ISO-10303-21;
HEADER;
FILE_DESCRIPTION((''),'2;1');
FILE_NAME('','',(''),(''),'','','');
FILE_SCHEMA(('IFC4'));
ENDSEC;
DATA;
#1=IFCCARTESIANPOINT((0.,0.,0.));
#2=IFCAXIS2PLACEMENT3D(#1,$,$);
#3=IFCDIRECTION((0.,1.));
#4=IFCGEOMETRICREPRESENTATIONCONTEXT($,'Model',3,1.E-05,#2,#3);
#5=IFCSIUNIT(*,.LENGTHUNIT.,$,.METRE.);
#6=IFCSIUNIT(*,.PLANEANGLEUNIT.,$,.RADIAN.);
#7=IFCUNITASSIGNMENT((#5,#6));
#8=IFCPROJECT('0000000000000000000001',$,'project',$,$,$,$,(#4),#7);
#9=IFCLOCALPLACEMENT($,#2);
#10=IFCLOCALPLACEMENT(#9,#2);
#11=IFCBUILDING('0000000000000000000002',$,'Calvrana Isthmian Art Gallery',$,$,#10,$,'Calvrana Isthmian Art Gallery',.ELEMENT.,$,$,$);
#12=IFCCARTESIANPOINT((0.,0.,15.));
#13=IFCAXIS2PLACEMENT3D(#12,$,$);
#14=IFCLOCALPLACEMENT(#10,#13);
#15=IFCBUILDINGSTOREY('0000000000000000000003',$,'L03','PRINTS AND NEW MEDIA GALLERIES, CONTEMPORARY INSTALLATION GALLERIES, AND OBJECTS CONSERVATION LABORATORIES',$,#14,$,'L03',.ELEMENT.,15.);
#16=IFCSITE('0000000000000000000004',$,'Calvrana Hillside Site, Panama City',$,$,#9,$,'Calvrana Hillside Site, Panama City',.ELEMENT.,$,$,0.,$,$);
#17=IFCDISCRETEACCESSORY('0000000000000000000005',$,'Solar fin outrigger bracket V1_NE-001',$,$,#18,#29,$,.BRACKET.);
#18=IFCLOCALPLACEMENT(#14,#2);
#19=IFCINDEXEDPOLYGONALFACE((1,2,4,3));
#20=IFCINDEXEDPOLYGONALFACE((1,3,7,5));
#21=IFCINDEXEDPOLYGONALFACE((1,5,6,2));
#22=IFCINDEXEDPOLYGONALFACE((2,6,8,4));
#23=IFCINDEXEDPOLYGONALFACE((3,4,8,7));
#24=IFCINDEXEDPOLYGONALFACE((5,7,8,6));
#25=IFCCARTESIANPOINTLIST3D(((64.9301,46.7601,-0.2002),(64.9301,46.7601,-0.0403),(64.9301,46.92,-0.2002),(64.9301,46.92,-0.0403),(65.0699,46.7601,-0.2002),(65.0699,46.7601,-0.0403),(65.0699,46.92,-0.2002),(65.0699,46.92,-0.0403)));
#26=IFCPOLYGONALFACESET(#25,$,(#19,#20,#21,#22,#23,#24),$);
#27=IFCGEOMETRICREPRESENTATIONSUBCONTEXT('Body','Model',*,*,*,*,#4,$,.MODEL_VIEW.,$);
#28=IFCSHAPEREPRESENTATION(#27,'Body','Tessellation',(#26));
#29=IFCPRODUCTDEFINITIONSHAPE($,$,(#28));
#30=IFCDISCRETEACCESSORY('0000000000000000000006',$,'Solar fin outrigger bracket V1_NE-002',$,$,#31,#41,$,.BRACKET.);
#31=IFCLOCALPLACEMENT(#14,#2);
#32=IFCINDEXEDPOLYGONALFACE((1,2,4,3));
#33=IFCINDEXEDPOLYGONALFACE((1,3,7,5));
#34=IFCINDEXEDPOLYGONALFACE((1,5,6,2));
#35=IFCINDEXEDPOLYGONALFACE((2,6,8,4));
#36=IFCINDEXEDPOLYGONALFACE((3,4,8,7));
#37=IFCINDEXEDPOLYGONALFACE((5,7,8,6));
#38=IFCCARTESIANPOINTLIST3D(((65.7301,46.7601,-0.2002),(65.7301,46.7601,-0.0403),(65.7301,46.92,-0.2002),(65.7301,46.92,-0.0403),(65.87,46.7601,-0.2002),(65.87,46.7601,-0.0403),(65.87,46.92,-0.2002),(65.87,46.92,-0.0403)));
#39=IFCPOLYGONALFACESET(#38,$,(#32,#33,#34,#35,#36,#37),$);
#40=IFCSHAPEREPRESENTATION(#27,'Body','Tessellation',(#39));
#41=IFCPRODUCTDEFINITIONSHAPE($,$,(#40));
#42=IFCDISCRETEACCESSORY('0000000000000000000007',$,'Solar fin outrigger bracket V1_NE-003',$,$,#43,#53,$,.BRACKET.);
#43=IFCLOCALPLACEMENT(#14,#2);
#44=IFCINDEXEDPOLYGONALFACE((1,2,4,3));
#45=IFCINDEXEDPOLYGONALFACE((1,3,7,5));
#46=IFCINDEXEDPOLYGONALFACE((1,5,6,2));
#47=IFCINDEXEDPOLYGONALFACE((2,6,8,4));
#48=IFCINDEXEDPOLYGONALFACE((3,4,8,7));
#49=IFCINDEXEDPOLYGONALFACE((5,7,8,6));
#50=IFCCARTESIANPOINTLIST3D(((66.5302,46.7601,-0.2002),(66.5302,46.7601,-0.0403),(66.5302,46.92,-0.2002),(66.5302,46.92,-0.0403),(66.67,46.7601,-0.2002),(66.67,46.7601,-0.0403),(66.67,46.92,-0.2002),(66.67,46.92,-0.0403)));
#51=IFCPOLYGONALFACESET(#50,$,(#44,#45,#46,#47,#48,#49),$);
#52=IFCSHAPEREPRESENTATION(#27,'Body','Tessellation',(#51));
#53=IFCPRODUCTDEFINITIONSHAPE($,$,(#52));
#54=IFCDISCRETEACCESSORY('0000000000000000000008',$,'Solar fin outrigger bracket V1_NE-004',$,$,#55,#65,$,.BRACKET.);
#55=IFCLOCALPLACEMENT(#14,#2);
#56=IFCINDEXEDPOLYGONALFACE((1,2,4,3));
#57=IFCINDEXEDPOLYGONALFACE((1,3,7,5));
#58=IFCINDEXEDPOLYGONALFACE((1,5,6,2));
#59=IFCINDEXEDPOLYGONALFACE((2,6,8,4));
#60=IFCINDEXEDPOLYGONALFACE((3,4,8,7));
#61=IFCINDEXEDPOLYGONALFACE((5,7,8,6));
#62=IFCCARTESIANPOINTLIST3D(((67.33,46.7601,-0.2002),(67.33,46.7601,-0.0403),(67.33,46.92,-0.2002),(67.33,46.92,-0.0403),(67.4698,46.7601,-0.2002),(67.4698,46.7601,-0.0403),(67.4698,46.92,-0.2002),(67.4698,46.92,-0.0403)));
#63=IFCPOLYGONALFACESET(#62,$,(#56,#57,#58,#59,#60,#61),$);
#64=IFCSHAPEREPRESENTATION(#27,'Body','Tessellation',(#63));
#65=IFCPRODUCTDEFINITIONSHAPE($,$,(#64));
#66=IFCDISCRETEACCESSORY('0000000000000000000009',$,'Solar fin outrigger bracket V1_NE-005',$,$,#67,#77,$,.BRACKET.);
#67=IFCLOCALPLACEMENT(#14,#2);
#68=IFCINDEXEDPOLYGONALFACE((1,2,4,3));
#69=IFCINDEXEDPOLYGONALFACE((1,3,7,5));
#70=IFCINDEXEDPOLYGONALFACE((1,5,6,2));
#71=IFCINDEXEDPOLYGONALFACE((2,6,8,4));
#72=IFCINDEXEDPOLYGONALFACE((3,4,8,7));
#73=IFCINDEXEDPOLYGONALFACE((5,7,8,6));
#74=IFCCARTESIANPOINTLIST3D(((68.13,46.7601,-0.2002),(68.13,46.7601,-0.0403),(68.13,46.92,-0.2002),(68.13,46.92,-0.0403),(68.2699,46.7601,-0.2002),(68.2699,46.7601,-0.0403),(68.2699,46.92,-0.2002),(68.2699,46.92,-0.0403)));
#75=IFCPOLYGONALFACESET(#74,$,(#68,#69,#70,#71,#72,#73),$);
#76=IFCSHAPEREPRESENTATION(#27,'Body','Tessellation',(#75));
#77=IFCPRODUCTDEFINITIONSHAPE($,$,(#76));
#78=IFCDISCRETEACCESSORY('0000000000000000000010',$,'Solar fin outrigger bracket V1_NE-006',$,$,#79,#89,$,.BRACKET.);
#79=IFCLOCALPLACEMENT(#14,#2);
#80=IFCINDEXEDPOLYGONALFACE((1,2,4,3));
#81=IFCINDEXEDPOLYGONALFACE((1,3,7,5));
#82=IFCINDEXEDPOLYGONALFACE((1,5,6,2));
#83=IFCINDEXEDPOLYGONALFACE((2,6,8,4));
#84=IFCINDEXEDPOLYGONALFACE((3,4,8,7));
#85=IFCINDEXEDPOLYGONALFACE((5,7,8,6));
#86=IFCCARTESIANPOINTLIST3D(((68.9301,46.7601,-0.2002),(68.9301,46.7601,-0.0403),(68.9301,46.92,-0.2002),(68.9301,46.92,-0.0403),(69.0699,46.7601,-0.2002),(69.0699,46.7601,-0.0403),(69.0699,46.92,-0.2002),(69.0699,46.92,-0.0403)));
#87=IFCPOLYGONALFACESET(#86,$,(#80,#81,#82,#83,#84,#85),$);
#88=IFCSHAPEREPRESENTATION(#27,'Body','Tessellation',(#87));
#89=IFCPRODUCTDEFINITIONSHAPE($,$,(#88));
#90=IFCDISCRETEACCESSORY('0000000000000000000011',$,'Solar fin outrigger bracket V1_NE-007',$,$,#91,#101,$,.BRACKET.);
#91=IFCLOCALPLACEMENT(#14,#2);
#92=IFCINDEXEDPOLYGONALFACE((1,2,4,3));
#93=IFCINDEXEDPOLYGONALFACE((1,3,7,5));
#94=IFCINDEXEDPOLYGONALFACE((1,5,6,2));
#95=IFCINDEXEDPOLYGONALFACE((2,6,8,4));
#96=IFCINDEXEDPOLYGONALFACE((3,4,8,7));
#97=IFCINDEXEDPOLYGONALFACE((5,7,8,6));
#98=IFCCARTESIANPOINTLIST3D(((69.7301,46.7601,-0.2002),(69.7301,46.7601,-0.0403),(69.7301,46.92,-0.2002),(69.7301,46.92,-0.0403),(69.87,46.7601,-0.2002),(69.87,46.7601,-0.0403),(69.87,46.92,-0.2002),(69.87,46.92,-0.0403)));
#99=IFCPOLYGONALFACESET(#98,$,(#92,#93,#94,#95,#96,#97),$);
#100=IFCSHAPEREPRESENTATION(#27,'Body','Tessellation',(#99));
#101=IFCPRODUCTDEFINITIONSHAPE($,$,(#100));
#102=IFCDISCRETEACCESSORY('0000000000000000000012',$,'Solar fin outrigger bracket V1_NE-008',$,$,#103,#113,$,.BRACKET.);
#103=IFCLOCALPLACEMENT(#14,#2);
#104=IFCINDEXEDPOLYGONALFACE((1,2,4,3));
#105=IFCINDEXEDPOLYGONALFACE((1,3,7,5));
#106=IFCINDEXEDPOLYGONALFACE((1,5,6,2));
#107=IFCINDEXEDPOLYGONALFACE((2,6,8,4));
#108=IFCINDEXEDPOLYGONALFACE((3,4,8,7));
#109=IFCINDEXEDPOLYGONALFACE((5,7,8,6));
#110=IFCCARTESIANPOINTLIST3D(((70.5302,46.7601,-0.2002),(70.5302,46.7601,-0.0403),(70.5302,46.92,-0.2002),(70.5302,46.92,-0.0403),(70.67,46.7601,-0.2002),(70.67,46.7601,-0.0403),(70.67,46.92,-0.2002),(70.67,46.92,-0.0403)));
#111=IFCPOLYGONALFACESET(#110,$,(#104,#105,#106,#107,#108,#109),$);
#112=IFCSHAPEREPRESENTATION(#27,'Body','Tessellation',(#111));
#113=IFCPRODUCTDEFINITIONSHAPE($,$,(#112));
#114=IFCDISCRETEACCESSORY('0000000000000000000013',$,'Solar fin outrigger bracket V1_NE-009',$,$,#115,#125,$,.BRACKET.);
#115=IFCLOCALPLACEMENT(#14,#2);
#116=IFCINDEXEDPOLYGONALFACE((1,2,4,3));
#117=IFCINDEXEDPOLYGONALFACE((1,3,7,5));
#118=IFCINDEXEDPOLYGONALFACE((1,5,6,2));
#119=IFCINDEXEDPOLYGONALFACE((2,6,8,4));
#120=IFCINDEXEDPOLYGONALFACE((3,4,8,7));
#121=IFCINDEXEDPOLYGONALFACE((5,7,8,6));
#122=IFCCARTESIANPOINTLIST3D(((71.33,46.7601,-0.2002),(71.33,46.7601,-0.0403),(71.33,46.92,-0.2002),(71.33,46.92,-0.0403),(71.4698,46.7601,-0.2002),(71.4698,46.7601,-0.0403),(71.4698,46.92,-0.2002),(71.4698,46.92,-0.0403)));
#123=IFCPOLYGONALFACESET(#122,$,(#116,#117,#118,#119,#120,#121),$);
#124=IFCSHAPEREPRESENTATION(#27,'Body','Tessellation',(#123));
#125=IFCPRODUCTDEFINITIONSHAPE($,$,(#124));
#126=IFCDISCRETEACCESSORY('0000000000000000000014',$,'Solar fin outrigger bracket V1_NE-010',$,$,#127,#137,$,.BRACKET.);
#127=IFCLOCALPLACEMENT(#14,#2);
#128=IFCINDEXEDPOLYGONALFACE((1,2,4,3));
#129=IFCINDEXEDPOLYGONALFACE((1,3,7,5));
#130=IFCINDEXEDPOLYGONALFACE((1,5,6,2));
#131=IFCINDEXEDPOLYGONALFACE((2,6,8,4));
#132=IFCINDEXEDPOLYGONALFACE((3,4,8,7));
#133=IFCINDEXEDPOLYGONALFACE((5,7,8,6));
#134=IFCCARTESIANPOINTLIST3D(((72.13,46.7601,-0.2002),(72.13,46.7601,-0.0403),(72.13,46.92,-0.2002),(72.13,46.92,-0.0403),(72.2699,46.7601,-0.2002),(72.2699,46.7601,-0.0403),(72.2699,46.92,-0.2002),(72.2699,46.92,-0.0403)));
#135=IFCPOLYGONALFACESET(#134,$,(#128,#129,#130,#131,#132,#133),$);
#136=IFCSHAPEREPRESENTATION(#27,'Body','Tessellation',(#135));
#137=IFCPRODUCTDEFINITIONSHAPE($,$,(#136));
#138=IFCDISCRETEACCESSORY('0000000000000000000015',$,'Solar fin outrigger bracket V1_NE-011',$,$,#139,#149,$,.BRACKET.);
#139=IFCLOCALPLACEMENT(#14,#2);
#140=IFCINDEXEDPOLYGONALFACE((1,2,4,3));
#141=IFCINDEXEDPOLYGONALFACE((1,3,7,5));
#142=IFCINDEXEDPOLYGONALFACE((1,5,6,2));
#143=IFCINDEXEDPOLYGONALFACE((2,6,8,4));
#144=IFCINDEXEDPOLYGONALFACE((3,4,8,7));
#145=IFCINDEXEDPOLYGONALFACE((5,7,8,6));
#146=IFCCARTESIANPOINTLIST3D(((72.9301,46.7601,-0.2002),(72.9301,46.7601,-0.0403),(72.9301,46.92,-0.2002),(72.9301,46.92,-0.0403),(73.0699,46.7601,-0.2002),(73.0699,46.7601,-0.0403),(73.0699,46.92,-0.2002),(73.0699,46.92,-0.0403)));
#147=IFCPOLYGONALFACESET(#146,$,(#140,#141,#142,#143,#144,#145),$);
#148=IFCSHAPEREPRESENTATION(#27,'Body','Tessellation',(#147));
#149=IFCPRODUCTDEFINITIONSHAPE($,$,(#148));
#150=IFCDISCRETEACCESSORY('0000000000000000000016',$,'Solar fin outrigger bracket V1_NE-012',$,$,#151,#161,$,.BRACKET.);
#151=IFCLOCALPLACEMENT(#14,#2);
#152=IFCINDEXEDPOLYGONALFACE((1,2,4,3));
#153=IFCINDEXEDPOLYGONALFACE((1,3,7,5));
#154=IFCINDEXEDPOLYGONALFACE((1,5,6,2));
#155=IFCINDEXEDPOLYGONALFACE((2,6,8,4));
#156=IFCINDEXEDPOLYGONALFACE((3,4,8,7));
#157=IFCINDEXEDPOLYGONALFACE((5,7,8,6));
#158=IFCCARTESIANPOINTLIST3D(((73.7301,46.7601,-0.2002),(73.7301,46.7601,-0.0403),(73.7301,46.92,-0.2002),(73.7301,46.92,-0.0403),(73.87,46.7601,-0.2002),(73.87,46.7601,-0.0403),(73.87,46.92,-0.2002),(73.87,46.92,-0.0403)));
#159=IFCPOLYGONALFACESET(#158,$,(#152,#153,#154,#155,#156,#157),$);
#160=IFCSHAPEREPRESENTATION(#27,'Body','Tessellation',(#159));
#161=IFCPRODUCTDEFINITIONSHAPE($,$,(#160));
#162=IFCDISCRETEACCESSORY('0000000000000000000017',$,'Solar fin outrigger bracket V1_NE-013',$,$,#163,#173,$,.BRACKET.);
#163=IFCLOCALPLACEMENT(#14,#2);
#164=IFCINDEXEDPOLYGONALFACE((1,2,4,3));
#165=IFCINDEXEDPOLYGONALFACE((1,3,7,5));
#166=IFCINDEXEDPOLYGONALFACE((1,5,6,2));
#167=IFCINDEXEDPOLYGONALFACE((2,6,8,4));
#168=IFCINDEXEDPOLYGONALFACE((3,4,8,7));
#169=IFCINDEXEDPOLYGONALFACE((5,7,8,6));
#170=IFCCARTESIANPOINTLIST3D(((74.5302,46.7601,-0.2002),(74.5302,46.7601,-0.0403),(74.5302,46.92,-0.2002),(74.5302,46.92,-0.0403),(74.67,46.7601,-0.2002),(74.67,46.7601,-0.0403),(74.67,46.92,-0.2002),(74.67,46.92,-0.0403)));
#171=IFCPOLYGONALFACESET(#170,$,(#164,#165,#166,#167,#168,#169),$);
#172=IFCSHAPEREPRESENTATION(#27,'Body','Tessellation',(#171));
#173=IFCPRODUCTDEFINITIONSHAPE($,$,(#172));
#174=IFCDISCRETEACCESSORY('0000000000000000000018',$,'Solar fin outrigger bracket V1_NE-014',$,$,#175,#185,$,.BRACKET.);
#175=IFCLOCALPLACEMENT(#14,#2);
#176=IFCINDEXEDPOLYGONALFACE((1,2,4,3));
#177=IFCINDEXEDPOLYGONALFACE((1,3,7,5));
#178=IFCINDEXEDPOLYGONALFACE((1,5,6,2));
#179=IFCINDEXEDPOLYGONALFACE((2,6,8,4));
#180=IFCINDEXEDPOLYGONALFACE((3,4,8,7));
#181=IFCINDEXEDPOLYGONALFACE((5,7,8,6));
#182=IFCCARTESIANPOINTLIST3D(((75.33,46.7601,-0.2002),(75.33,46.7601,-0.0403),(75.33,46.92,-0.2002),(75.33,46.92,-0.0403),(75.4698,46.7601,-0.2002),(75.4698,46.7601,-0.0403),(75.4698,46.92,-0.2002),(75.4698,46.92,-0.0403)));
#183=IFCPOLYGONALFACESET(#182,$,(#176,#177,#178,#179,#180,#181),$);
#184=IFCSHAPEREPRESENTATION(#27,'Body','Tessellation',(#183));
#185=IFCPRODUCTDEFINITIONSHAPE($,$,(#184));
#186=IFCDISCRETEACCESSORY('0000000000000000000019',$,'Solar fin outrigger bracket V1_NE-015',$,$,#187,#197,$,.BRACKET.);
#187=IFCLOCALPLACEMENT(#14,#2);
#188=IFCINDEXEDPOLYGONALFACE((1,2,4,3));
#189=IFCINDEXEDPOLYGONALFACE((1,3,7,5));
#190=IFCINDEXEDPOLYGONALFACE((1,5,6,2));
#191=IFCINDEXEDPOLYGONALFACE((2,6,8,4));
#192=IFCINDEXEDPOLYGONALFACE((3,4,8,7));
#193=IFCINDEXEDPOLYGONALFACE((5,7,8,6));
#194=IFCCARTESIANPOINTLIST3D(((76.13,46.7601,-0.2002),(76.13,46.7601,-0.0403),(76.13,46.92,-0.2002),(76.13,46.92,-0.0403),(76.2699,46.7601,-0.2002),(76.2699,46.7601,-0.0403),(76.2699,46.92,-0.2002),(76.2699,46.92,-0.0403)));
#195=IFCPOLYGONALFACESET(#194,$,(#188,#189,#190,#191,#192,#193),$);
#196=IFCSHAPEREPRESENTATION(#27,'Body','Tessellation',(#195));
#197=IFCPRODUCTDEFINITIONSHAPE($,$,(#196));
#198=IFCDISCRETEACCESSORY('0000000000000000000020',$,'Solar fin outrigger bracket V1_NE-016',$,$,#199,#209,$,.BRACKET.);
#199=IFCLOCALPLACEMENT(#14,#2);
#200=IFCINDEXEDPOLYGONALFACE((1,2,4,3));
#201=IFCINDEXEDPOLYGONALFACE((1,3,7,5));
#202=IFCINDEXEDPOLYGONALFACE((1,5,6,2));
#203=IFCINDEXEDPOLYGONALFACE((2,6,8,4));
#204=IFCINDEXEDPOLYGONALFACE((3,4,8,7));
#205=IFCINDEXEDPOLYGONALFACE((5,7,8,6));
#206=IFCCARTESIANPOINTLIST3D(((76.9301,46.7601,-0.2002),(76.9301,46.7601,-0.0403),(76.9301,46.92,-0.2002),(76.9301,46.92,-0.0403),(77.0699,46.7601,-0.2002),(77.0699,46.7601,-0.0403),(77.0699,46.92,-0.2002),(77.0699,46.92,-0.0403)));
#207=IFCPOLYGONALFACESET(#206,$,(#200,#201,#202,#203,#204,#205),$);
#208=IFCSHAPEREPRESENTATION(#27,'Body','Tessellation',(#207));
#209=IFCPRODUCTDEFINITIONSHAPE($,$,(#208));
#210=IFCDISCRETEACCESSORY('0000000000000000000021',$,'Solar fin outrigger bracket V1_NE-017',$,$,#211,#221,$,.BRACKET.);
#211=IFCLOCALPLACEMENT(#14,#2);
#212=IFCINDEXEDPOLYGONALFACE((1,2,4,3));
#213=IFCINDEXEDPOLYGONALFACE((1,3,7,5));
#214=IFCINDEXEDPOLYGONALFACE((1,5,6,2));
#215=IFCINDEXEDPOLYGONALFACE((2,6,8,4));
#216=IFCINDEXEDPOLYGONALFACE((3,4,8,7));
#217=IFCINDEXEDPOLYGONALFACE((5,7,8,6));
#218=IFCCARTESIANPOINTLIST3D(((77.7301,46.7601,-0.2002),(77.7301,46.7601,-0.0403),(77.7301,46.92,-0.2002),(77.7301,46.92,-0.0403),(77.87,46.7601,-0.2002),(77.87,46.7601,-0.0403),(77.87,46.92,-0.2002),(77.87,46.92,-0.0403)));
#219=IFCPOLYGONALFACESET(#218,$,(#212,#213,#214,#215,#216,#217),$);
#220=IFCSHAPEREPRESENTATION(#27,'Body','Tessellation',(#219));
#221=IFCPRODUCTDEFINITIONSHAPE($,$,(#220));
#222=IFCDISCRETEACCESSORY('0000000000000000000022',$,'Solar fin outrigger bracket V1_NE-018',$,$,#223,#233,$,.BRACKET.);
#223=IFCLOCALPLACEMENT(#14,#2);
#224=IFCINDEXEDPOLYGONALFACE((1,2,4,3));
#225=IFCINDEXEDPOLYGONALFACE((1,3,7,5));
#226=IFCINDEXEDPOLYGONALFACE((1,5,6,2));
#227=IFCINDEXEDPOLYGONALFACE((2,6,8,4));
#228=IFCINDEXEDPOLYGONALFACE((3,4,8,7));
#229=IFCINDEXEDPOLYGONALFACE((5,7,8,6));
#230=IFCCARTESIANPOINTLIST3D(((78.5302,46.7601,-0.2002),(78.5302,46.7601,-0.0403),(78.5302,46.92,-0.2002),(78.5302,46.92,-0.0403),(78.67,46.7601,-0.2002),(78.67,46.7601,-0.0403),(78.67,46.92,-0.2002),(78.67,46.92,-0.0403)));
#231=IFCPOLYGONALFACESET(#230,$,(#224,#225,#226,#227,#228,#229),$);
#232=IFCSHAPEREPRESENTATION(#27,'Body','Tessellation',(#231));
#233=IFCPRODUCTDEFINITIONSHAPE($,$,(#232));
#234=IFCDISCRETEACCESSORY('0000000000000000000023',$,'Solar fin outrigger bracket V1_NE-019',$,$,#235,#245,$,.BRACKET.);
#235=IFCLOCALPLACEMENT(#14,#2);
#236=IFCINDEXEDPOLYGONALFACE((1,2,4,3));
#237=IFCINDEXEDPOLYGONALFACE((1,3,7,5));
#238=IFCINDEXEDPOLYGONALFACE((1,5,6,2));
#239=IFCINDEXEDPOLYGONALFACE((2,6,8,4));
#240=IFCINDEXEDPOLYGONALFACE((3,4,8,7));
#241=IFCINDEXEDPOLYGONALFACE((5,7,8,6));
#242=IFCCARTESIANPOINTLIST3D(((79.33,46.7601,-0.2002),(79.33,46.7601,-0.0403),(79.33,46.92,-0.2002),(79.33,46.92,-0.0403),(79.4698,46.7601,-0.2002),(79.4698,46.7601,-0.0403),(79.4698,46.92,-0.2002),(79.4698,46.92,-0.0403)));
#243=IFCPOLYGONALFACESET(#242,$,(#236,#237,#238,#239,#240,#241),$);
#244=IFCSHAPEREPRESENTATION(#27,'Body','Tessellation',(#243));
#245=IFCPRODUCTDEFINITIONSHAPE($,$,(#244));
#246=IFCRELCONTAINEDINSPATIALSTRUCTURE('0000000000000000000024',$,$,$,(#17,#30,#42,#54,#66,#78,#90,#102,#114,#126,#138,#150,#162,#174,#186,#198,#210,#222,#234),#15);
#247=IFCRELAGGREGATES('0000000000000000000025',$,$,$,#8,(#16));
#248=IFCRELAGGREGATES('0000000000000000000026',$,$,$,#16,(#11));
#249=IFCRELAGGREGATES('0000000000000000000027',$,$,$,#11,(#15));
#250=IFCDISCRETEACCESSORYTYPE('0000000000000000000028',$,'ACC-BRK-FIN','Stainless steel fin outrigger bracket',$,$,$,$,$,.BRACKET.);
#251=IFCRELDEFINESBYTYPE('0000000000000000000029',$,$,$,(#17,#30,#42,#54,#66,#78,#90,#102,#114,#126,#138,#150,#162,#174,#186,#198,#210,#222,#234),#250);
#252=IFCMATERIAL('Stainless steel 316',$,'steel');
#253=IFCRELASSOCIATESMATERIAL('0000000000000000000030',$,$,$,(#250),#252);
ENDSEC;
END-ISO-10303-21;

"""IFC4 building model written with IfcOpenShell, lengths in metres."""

from ifc_helpers import new_model, si_unit, direction, frame, origin, origin_2d, place, context, subcontext, project, spatial, rectangle, extrude, material, type_object, element, save


model = new_model("IFC4")

# Units and contexts
model_context = context("Model", 3, precision=1e-05, world=origin(), true_north=direction((0.0, 1.0)))
body_context = subcontext(model_context, "Body", "Model", "MODEL_VIEW")
ifc_project = project(units=[si_unit("LENGTHUNIT", "METRE"), si_unit("PLANEANGLEUNIT", "RADIAN")], contexts=[model_context])

# Site, building, storey
site_placement = place(None, origin())
site = spatial("IfcSite", under=ifc_project, at=site_placement, Name="Calvrana Hillside Site, Panama City", LongName="Calvrana Hillside Site, Panama City", CompositionType="ELEMENT", RefElevation=0.0)
building_placement = place(site_placement, origin())
building = spatial("IfcBuilding", under=site, at=building_placement, Name="Calvrana Isthmian Art Gallery", LongName="Calvrana Isthmian Art Gallery", CompositionType="ELEMENT")
storey_placement = place(building_placement, frame((0.0, 0.0, 15.0)))
storey = spatial("IfcBuildingStorey", under=building, at=storey_placement, Name="L03", Description="PRINTS AND NEW MEDIA GALLERIES, CONTEMPORARY INSTALLATION GALLERIES, AND OBJECTS CONSERVATION LABORATORIES", LongName="L03", CompositionType="ELEMENT", Elevation=15.0)

# Discrete accessories
ifc_material_1 = material(Name="Stainless steel 316", Category="steel")
discrete_accessory_type = type_object("IfcDiscreteAccessoryType", Name="ACC-BRK-FIN", Description="Stainless steel fin outrigger bracket", PredefinedType="BRACKET", material=ifc_material_1)
for number, where, z_axis, x_axis, name in (
    (1, (65.0, 46.8401, -0.2002), (0.0, 0.0, 1.0), (1.0, 0.0, 0.0), "Solar fin outrigger bracket V1_NE-001"),
    (2, (65.8, 46.8401, -0.2002), (0.0, 0.0, 1.0), (1.0, 0.0, 0.0), "Solar fin outrigger bracket V1_NE-002"),
    (3, (66.6001, 46.8401, -0.2002), (0.0, 0.0, 1.0), (1.0, 0.0, 0.0), "Solar fin outrigger bracket V1_NE-003"),
    (4, (67.3999, 46.8401, -0.2002), (0.0, 0.0, 1.0), (1.0, 0.0, 0.0), "Solar fin outrigger bracket V1_NE-004"),
    (5, (68.2, 46.8401, -0.2002), (0.0, 0.0, 1.0), (1.0, 0.0, 0.0), "Solar fin outrigger bracket V1_NE-005"),
    (6, (69.0, 46.8401, -0.2002), (0.0, 0.0, 1.0), (1.0, 0.0, 0.0), "Solar fin outrigger bracket V1_NE-006"),
    (7, (69.8, 46.8401, -0.2002), (0.0, 0.0, 1.0), (1.0, 0.0, 0.0), "Solar fin outrigger bracket V1_NE-007"),
    (8, (70.6001, 46.8401, -0.2002), (0.0, 0.0, 1.0), (1.0, 0.0, 0.0), "Solar fin outrigger bracket V1_NE-008"),
    (9, (71.3999, 46.8401, -0.2002), (0.0, 0.0, 1.0), (1.0, 0.0, 0.0), "Solar fin outrigger bracket V1_NE-009"),
    (10, (72.2, 46.8401, -0.2002), (0.0, 0.0, 1.0), (1.0, 0.0, 0.0), "Solar fin outrigger bracket V1_NE-010"),
    (11, (73.0, 46.8401, -0.2002), (0.0, 0.0, 1.0), (1.0, 0.0, 0.0), "Solar fin outrigger bracket V1_NE-011"),
    (12, (73.8, 46.8401, -0.2002), (0.0, 0.0, 1.0), (1.0, 0.0, 0.0), "Solar fin outrigger bracket V1_NE-012"),
    (13, (74.6001, 46.8401, -0.2002), (0.0, 0.0, 1.0), (1.0, 0.0, 0.0), "Solar fin outrigger bracket V1_NE-013"),
    (14, (75.3999, 46.8401, -0.2002), (0.0, 0.0, 1.0), (1.0, 0.0, 0.0), "Solar fin outrigger bracket V1_NE-014"),
    (15, (76.2, 46.8401, -0.2002), (0.0, 0.0, 1.0), (1.0, 0.0, 0.0), "Solar fin outrigger bracket V1_NE-015"),
    (16, (77.0, 46.8401, -0.2002), (0.0, 0.0, 1.0), (1.0, 0.0, 0.0), "Solar fin outrigger bracket V1_NE-016"),
    (17, (77.8, 46.8401, -0.2002), (0.0, 0.0, 1.0), (1.0, 0.0, 0.0), "Solar fin outrigger bracket V1_NE-017"),
    (18, (78.6001, 46.8401, -0.2002), (0.0, 0.0, 1.0), (1.0, 0.0, 0.0), "Solar fin outrigger bracket V1_NE-018"),
    (19, (79.3999, 46.8401, -0.2002), (0.0, 0.0, 1.0), (1.0, 0.0, 0.0), "Solar fin outrigger bracket V1_NE-019"),
):
    element("IfcDiscreteAccessory", number, at=place(storey_placement, frame(where, z_axis=z_axis, x_axis=x_axis)), inside=storey, type_object=discrete_accessory_type, Name=name, PredefinedType="BRACKET", context=body_context, shape_type="SweptSolid", body=[
        extrude(rectangle(XDim=0.1399, YDim=0.1599, at=origin_2d()), origin(), (0.0, 0.0, 1.0), 0.1599),
    ])

save(model, "model.ifc")
